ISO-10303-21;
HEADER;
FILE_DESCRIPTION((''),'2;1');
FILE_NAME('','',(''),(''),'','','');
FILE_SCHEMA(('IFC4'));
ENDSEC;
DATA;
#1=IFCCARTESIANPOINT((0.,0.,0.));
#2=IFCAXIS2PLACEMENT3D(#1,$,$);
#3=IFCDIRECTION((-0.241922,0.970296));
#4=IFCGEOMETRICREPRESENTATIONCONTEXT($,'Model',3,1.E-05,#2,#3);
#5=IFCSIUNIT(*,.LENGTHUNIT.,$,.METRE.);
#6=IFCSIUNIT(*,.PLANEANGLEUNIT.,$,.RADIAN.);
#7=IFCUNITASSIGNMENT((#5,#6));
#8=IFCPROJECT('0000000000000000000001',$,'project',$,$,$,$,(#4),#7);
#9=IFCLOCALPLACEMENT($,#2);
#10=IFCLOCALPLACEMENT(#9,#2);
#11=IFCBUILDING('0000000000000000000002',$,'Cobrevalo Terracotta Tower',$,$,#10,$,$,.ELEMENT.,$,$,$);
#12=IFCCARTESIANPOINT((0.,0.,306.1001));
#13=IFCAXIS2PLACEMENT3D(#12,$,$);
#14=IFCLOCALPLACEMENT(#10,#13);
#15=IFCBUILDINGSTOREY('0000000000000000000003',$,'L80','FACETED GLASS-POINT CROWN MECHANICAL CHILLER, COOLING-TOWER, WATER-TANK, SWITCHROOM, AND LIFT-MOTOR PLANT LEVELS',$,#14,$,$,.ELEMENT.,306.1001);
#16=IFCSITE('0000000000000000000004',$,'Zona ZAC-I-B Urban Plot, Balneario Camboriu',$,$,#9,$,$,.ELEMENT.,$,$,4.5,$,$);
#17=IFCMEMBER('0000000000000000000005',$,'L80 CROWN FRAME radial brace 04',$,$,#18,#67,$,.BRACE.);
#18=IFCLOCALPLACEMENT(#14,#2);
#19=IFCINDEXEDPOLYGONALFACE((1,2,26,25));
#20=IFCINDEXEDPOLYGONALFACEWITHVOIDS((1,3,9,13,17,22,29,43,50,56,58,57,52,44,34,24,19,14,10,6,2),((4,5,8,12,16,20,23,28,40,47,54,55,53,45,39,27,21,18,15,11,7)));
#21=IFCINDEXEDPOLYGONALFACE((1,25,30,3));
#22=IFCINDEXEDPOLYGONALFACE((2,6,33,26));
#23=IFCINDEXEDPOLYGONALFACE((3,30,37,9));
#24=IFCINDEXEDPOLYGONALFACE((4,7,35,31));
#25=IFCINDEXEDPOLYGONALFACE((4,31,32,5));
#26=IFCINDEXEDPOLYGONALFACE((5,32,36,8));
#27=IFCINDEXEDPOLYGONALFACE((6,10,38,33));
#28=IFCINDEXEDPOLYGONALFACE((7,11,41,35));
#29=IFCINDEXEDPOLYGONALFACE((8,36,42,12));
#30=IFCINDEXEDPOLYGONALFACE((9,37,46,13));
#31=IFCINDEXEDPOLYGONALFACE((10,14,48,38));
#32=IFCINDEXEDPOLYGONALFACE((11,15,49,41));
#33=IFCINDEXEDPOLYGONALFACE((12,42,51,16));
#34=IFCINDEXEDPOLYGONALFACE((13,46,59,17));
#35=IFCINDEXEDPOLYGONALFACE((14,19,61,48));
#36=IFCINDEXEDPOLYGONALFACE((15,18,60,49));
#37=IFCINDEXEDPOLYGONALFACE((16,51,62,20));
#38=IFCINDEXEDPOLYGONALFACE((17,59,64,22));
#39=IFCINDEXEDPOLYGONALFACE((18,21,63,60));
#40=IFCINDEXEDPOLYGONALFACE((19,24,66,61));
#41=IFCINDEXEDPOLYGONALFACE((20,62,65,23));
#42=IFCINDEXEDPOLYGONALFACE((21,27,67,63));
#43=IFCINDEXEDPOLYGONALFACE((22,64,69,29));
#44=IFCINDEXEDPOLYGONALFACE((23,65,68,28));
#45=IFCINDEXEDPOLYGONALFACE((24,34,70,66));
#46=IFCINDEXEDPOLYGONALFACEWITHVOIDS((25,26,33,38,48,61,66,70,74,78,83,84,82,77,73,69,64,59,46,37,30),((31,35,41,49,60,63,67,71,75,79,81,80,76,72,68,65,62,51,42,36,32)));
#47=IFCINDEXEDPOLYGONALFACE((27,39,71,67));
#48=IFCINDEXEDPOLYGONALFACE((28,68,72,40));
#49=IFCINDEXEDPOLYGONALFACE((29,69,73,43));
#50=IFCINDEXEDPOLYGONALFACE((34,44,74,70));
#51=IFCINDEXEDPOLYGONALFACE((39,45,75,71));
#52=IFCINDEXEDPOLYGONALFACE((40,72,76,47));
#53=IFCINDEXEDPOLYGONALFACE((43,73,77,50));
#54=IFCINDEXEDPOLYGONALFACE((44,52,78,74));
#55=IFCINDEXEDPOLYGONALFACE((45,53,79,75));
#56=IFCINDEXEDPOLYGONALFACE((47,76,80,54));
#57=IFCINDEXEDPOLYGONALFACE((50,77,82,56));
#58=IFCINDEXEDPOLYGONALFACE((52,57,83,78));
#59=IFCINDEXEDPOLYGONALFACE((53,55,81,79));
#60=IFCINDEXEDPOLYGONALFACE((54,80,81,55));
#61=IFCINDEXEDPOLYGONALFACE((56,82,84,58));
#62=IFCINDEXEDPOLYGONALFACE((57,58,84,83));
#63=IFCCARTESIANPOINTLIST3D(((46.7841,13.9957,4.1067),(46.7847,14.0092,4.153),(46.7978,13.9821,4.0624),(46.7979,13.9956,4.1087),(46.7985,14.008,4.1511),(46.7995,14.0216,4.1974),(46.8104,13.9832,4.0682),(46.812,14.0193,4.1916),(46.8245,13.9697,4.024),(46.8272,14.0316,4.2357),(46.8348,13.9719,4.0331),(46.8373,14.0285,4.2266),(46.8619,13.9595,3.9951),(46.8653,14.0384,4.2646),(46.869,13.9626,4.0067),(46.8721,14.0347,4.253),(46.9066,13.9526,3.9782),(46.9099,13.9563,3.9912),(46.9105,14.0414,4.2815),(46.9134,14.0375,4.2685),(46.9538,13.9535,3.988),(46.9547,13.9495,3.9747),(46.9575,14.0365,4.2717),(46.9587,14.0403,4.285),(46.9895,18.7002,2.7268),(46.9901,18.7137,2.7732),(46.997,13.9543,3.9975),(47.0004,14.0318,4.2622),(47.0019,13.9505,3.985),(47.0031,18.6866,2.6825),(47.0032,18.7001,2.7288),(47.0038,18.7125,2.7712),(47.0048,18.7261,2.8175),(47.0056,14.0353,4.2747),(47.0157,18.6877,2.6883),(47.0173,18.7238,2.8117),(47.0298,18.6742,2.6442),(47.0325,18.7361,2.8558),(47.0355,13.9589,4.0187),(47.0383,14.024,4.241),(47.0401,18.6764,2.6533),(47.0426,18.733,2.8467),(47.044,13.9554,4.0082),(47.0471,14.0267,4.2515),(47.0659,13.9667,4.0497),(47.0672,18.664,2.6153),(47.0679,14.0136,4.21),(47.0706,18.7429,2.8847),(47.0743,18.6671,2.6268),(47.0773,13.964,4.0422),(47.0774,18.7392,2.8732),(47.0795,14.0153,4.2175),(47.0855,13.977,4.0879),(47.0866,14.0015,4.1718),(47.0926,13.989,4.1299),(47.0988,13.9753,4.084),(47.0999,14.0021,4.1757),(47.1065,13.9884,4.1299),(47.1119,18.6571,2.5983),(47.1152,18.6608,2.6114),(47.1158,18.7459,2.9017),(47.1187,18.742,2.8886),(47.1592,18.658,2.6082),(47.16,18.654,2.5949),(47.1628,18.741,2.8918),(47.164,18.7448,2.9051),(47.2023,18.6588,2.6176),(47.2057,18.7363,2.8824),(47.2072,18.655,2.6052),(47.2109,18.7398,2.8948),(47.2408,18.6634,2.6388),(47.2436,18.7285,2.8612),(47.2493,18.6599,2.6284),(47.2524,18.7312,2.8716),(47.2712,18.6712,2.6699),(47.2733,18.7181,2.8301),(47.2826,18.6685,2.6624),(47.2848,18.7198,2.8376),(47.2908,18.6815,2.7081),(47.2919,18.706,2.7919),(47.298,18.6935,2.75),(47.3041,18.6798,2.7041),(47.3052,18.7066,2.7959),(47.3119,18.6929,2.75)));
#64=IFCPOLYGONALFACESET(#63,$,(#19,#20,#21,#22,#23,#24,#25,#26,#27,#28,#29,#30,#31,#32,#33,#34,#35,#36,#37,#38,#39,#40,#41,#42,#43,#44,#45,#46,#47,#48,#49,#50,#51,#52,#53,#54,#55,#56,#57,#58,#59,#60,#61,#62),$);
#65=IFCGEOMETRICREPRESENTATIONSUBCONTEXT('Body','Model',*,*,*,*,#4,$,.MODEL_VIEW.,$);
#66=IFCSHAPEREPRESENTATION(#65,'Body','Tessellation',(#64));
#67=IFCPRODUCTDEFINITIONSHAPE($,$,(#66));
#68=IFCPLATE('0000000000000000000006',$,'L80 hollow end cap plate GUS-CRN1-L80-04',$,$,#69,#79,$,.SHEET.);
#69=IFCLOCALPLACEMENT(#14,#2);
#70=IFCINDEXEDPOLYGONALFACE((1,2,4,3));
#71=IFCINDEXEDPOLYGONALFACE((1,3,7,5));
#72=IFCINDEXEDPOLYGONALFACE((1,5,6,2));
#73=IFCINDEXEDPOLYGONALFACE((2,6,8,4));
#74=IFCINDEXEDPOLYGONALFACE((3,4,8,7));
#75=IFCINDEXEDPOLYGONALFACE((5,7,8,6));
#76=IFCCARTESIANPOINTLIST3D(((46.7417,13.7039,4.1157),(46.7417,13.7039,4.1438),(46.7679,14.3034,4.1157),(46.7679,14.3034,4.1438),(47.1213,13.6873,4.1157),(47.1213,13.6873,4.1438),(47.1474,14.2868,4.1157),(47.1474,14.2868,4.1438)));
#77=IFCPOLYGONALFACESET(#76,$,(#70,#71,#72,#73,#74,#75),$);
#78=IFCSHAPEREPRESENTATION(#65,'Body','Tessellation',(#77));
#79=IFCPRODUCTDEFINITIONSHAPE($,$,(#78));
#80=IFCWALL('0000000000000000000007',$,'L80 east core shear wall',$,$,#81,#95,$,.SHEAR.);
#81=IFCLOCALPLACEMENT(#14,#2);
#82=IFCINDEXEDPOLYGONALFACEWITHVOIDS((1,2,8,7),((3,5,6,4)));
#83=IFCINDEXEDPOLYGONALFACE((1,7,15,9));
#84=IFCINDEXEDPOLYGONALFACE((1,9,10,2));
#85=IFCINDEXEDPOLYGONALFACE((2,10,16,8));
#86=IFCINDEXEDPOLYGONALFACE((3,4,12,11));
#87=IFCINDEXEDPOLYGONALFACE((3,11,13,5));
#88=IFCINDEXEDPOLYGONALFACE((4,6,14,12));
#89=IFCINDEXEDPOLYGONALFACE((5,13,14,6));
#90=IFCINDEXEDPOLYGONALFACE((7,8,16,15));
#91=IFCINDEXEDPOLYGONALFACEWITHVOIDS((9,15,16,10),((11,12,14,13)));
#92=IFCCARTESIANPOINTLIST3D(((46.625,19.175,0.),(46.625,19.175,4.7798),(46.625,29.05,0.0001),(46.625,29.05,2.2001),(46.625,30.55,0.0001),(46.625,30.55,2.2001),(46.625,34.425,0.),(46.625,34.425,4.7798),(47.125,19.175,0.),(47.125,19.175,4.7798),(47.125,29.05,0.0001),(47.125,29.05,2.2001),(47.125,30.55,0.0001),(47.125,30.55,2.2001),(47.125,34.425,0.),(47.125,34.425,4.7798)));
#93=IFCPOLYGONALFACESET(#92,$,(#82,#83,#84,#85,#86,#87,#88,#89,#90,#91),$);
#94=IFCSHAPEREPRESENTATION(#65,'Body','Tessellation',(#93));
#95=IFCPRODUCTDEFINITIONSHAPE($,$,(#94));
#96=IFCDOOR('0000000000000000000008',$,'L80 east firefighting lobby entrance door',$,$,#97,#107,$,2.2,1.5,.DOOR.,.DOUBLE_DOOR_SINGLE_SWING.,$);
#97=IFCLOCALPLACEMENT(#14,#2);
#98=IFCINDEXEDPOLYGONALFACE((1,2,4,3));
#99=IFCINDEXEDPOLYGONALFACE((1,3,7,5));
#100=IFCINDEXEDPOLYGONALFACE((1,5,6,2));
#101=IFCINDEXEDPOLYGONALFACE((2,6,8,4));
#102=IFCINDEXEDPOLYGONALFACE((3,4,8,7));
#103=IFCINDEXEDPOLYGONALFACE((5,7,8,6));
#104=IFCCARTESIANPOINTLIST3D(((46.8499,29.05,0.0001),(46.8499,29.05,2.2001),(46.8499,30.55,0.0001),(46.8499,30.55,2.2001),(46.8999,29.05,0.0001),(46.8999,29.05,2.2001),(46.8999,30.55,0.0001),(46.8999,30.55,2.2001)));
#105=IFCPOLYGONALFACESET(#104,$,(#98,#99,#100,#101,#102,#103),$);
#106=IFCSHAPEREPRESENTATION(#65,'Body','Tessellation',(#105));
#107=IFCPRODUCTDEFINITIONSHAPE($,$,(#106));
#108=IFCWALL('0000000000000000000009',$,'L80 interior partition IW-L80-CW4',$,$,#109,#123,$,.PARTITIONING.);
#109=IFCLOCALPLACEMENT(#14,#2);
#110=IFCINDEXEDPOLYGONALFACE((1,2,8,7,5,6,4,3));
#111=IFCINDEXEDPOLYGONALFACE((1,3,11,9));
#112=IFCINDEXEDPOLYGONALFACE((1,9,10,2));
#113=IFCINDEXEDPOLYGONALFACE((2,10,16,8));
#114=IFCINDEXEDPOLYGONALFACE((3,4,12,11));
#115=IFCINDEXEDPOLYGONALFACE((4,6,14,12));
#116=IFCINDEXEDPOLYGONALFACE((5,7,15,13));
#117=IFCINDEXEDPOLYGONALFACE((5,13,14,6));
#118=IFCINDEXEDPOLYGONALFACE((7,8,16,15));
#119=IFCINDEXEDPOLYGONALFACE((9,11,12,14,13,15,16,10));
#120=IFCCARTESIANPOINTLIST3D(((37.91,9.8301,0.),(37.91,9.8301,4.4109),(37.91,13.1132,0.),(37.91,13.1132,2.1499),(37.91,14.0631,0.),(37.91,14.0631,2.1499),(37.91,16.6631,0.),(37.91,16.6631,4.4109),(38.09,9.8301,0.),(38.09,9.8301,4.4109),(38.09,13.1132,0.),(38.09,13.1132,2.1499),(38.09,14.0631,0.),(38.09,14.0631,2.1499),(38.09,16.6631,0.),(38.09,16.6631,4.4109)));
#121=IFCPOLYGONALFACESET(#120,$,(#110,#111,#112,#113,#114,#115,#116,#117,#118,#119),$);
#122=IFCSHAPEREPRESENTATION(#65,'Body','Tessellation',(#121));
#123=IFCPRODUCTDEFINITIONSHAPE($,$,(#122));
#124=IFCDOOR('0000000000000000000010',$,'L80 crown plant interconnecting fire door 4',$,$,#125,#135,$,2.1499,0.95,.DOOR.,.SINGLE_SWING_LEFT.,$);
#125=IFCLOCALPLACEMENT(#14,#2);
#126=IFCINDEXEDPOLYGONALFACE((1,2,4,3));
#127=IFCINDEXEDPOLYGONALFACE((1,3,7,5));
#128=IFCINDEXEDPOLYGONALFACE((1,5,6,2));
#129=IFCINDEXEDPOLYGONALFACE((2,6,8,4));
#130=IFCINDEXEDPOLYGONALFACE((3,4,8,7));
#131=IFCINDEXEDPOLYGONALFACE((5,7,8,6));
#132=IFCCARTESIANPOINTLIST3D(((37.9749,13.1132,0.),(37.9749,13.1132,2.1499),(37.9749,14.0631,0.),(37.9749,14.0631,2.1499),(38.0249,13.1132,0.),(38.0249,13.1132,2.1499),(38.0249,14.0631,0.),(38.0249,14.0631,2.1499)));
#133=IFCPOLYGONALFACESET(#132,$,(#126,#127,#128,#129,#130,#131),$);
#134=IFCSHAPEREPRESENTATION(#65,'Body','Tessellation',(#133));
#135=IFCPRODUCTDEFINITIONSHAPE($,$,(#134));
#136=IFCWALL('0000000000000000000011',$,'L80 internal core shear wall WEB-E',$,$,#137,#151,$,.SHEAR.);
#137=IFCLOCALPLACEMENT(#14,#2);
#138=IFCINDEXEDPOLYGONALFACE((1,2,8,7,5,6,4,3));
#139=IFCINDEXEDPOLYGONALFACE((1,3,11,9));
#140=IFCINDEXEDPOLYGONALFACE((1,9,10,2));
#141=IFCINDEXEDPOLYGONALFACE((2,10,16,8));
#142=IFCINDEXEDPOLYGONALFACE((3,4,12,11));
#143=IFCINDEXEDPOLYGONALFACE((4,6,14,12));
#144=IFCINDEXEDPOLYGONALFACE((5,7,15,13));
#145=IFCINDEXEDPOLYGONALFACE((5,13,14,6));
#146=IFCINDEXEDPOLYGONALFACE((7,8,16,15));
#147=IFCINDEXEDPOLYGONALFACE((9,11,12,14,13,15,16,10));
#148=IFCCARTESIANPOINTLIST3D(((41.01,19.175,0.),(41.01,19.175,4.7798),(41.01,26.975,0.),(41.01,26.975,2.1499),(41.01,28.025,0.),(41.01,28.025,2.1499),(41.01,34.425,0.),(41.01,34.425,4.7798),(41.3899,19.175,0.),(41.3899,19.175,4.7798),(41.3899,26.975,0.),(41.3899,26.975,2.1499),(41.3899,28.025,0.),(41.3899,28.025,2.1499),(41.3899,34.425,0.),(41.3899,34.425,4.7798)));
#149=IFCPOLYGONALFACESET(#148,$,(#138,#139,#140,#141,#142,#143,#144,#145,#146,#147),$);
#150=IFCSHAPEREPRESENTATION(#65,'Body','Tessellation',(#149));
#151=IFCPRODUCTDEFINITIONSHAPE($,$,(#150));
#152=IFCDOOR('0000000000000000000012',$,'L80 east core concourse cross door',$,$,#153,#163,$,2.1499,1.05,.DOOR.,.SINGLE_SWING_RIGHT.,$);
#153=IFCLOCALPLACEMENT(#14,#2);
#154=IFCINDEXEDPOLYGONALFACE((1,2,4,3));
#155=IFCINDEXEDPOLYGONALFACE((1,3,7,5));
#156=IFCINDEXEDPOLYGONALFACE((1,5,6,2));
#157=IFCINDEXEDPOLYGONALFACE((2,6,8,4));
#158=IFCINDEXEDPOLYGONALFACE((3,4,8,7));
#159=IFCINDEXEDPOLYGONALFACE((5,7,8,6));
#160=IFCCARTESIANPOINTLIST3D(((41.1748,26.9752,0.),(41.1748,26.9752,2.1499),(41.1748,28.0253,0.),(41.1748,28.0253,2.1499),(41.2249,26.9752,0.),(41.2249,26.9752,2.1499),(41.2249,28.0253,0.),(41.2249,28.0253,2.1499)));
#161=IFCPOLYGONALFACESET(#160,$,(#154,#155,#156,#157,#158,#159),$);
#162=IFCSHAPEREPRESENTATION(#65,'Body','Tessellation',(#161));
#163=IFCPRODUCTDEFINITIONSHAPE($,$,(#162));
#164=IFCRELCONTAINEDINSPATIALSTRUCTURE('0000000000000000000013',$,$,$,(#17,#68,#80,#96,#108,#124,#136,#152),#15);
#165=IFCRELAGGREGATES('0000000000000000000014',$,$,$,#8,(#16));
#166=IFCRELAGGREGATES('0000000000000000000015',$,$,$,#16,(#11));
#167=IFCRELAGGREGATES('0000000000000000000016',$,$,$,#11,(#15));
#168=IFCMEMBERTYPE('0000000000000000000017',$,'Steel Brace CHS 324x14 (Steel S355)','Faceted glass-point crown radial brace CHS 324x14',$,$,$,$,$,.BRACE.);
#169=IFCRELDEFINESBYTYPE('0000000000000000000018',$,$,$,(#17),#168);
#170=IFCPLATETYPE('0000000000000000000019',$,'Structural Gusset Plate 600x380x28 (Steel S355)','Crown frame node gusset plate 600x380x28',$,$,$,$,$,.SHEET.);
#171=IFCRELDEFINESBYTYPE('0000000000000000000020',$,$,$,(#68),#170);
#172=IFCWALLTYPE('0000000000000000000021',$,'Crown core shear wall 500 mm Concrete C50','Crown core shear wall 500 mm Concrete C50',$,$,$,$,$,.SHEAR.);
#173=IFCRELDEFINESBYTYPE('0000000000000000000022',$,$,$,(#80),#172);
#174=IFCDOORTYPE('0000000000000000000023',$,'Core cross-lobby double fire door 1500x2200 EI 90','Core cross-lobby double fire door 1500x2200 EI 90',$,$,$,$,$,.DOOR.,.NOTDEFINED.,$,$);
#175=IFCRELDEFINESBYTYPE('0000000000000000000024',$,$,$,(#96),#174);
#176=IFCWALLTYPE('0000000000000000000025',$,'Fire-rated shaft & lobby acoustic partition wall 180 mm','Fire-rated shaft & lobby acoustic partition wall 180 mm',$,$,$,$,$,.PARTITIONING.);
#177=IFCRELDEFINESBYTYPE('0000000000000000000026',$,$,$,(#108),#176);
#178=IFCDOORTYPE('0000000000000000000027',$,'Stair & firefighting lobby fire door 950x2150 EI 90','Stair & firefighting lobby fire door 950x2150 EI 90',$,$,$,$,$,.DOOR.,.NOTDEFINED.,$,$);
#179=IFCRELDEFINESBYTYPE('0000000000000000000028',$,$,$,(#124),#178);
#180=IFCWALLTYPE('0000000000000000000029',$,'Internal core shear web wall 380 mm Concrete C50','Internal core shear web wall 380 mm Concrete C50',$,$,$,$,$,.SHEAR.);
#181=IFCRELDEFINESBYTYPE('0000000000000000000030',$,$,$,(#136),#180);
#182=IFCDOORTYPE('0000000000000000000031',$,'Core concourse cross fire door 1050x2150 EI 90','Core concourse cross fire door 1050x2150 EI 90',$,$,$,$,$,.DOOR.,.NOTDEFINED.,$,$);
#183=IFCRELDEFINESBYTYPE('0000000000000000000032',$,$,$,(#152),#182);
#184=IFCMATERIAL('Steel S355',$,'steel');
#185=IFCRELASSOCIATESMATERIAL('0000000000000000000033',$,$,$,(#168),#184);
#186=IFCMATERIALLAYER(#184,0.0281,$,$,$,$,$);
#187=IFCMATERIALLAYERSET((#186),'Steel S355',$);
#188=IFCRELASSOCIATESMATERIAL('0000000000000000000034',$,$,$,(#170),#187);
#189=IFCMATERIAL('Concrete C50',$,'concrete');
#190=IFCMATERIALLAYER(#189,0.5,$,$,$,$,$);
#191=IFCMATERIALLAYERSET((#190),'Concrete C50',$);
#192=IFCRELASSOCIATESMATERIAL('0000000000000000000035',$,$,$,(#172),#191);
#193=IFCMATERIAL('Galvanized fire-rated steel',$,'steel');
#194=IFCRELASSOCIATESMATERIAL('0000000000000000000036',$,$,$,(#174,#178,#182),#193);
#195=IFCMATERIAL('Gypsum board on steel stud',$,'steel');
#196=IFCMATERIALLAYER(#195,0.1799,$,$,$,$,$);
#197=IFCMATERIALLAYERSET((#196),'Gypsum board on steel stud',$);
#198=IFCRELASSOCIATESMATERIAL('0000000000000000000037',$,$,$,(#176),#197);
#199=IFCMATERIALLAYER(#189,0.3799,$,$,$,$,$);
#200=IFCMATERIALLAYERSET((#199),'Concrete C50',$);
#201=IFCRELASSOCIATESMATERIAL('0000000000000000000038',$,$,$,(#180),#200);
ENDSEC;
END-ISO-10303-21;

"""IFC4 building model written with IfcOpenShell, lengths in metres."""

from ifc_helpers import new_model, si_unit, direction, frame, frame_2d, origin, origin_2d, place, context, subcontext, project, spatial, rectangle, hollow_circle, extrude, source, transform, mapped, material, layer, layer_set, material_profile, profile_set, type_object, element, fill, save


model = new_model("IFC4")

# Units and contexts
model_context = context("Model", 3, precision=1e-05, world=origin(), true_north=direction((-0.241922, 0.970296)))
body_context = subcontext(model_context, "Body", "Model", "MODEL_VIEW")
ifc_project = project(units=[si_unit("LENGTHUNIT", "METRE"), si_unit("PLANEANGLEUNIT", "RADIAN")], contexts=[model_context])

# Site, building, storey
site_placement = place(None, origin())
site = spatial("IfcSite", under=ifc_project, at=site_placement, Name="Zona ZAC-I-B Urban Plot, Balneario Camboriu", CompositionType="ELEMENT", RefElevation=4.5)
building_placement = place(site_placement, origin())
building = spatial("IfcBuilding", under=site, at=building_placement, Name="Cobrevalo Terracotta Tower", CompositionType="ELEMENT")
storey_placement = place(building_placement, frame((0.0, 0.0, 306.1001)))
storey = spatial("IfcBuildingStorey", under=building, at=storey_placement, Name="L80", Description="FACETED GLASS-POINT CROWN MECHANICAL CHILLER, COOLING-TOWER, WATER-TANK, SWITCHROOM, AND LIFT-MOTOR PLANT LEVELS", CompositionType="ELEMENT", Elevation=306.1001)

# Shared definitions
ifc_material_1 = material(Name="Steel S355", Category="steel")
ifc_material_2 = material(Name="Concrete C50", Category="concrete")

# Member
ifc_material_profile_1 = material_profile(ifc_material_1, hollow_circle(Radius=0.1621, WallThickness=0.0139, at=origin_2d()), Name="CHS 324x14")
ifc_profile_set_1 = profile_set([ifc_material_profile_1], Name="Steel S355")
member_type = type_object("IfcMemberType", Name="Steel Brace CHS 324x14 (Steel S355)", Description="Faceted glass-point crown radial brace CHS 324x14", PredefinedType="BRACE", material=ifc_profile_set_1)
shared_shape_1 = source(origin(), body_context, "Body", "SweptSolid", [
    extrude(hollow_circle(Radius=0.1621, WallThickness=0.0139, at=origin_2d()), origin(), (0.0, 0.0, 1.0), 4.907),
])
member_placement = place(storey_placement, frame((47.1499, 18.7, 2.75), z_axis=(-0.041842, -0.958736, 0.281203), x_axis=(0.999049, -0.043601, 0.0)))
element("IfcMember", 1, at=member_placement, inside=storey, type_object=member_type, Name="L80 CROWN FRAME radial brace 04", PredefinedType="BRACE", context=body_context, shape_type="MappedRepresentation", body=[
    mapped(shared_shape_1, transform((0.0, 0.0, 0.0), scale=1.0)),
])

# Plate
ifc_layer_1 = layer(ifc_material_1, 0.0281)
ifc_layer_set_1 = layer_set([ifc_layer_1], Name="Steel S355")
plate_type = type_object("IfcPlateType", Name="Structural Gusset Plate 600x380x28 (Steel S355)", Description="Crown frame node gusset plate 600x380x28", PredefinedType="SHEET", material=ifc_layer_set_1)
shared_shape_2 = source(origin(), body_context, "Body", "SweptSolid", [
    extrude(rectangle(XDim=0.6001, YDim=0.3799, at=origin_2d()), origin(), (0.0, 0.0, 1.0), 0.0281),
])
plate_placement = place(storey_placement, frame((46.9446, 13.9954, 4.1157), z_axis=(0.0, 0.0, 1.0), x_axis=(-0.0436, -0.999049, 0.0)))
element("IfcPlate", 2, at=plate_placement, inside=storey, type_object=plate_type, Name="L80 hollow end cap plate GUS-CRN1-L80-04", PredefinedType="SHEET", context=body_context, shape_type="MappedRepresentation", body=[
    mapped(shared_shape_2, transform((0.0, 0.0, 0.0), scale=1.0)),
])

# Walls, openings, doors
ifc_layer_2 = layer(ifc_material_2, 0.5)
ifc_layer_set_2 = layer_set([ifc_layer_2], Name="Concrete C50")
wall_type_1 = type_object("IfcWallType", Name="Crown core shear wall 500 mm Concrete C50", Description="Crown core shear wall 500 mm Concrete C50", PredefinedType="SHEAR", material=ifc_layer_set_2)
wall_1_placement = place(storey_placement, frame((46.875, 19.175, 0.0), z_axis=(0.0, 0.0, 1.0), x_axis=(0.0, 1.0, 0.0)))
wall_1 = element("IfcWall", 3, at=wall_1_placement, inside=storey, type_object=wall_type_1, Name="L80 east core shear wall", PredefinedType="SHEAR", context=body_context, shape_type="SweptSolid", body=[
    extrude(rectangle(XDim=15.25, YDim=0.5, at=frame_2d((7.625, 0.0))), origin(), (0.0, 0.0, 1.0), 4.7798),
])
opening_1_placement = place(wall_1_placement, frame((9.875, 0.0, 0.0)))
opening_1 = element("IfcOpeningElement", 4, at=opening_1_placement, cuts=wall_1, PredefinedType="OPENING", context=body_context, shape_type="SweptSolid", body=[
    extrude(rectangle(XDim=1.5, YDim=2.2, at=frame_2d((0.75, 1.1001))), frame((0.0, 0.26, 0.0), z_axis=(0.0, -1.0, 0.0), x_axis=(1.0, 0.0, 0.0)), (0.0, 0.0, 1.0), 0.52),
])
ifc_material_3 = material(Name="Galvanized fire-rated steel", Category="steel")
door_type_1 = type_object("IfcDoorType", Name="Core cross-lobby double fire door 1500x2200 EI 90", Description="Core cross-lobby double fire door 1500x2200 EI 90", OperationType="NOTDEFINED", PredefinedType="DOOR", material=ifc_material_3)
shared_shape_3 = source(origin(), body_context, "Body", "SweptSolid", [
    extrude(rectangle(XDim=1.5, YDim=2.2, at=frame_2d((0.75, 1.1001))), frame((0.0, 0.0249, 0.0), z_axis=(0.0, -1.0, 0.0), x_axis=(1.0, 0.0, 0.0)), (0.0, 0.0, 1.0), 0.05),
])
door_1_placement = place(opening_1_placement, frame((1.5, 0.0, 0.0), z_axis=(0.0, 0.0, 1.0), x_axis=(-1.0, 0.0, 0.0)))
door_1 = element("IfcDoor", 5, at=door_1_placement, inside=storey, type_object=door_type_1, Name="L80 east firefighting lobby entrance door", OperationType="DOUBLE_DOOR_SINGLE_SWING", OverallHeight=2.2, OverallWidth=1.5, PredefinedType="DOOR", context=body_context, shape_type="MappedRepresentation", body=[
    mapped(shared_shape_3, transform((0.0, 0.0, 0.0), scale=1.0)),
])
fill(opening_1, door_1)
ifc_material_4 = material(Name="Gypsum board on steel stud", Category="steel")
ifc_layer_3 = layer(ifc_material_4, 0.1799)
ifc_layer_set_3 = layer_set([ifc_layer_3], Name="Gypsum board on steel stud")
wall_type_2 = type_object("IfcWallType", Name="Fire-rated shaft & lobby acoustic partition wall 180 mm", Description="Fire-rated shaft & lobby acoustic partition wall 180 mm", PredefinedType="PARTITIONING", material=ifc_layer_set_3)
wall_2_placement = place(storey_placement, frame((38.0, 16.6631, 0.0), z_axis=(0.0, 0.0, 1.0), x_axis=(0.0, -1.0, 0.0)))
wall_2 = element("IfcWall", 6, at=wall_2_placement, inside=storey, type_object=wall_type_2, Name="L80 interior partition IW-L80-CW4", PredefinedType="PARTITIONING", context=body_context, shape_type="SweptSolid", body=[
    extrude(rectangle(XDim=6.833, YDim=0.1799, at=frame_2d((3.4165, 0.0))), origin(), (0.0, 0.0, 1.0), 4.4109),
])
opening_2_placement = place(wall_2_placement, frame((2.5999, 0.0, 0.0)))
opening_2 = element("IfcOpeningElement", 7, at=opening_2_placement, cuts=wall_2, PredefinedType="OPENING", context=body_context, shape_type="SweptSolid", body=[
    extrude(rectangle(XDim=0.95, YDim=2.1499, at=frame_2d((0.4751, 1.075))), frame((0.0, 0.1001, 0.0), z_axis=(0.0, -1.0, 0.0), x_axis=(1.0, 0.0, 0.0)), (0.0, 0.0, 1.0), 0.2),
])
door_type_2 = type_object("IfcDoorType", Name="Stair & firefighting lobby fire door 950x2150 EI 90", Description="Stair & firefighting lobby fire door 950x2150 EI 90", OperationType="NOTDEFINED", PredefinedType="DOOR", material=ifc_material_3)
shared_shape_4 = source(origin(), body_context, "Body", "SweptSolid", [
    extrude(rectangle(XDim=0.95, YDim=2.1499, at=frame_2d((0.4751, 1.075))), frame((0.0, 0.0249, 0.0), z_axis=(0.0, -1.0, 0.0), x_axis=(1.0, 0.0, 0.0)), (0.0, 0.0, 1.0), 0.05),
])
door_2_placement = place(opening_2_placement, origin())
door_2 = element("IfcDoor", 8, at=door_2_placement, inside=storey, type_object=door_type_2, Name="L80 crown plant interconnecting fire door 4", OperationType="SINGLE_SWING_LEFT", OverallHeight=2.1499, OverallWidth=0.95, PredefinedType="DOOR", context=body_context, shape_type="MappedRepresentation", body=[
    mapped(shared_shape_4, transform((0.0, 0.0, 0.0), scale=1.0)),
])
fill(opening_2, door_2)
ifc_layer_4 = layer(ifc_material_2, 0.3799)
ifc_layer_set_4 = layer_set([ifc_layer_4], Name="Concrete C50")
wall_type_3 = type_object("IfcWallType", Name="Internal core shear web wall 380 mm Concrete C50", Description="Internal core shear web wall 380 mm Concrete C50", PredefinedType="SHEAR", material=ifc_layer_set_4)
wall_3_placement = place(storey_placement, frame((41.2, 19.175, 0.0), z_axis=(0.0, 0.0, 1.0), x_axis=(0.0, 1.0, 0.0)))
wall_3 = element("IfcWall", 9, at=wall_3_placement, inside=storey, type_object=wall_type_3, Name="L80 internal core shear wall WEB-E", PredefinedType="SHEAR", context=body_context, shape_type="SweptSolid", body=[
    extrude(rectangle(XDim=15.25, YDim=0.3799, at=frame_2d((7.625, 0.0))), origin(), (0.0, 0.0, 1.0), 4.7798),
])
opening_3_placement = place(wall_3_placement, frame((7.8, 0.0, 0.0)))
opening_3 = element("IfcOpeningElement", 10, at=opening_3_placement, cuts=wall_3, PredefinedType="OPENING", context=body_context, shape_type="SweptSolid", body=[
    extrude(rectangle(XDim=1.05, YDim=2.1499, at=frame_2d((0.5249, 1.075))), frame((0.0, 0.2, 0.0), z_axis=(0.0, -1.0, 0.0), x_axis=(1.0, 0.0, 0.0)), (0.0, 0.0, 1.0), 0.3999),
])
door_type_3 = type_object("IfcDoorType", Name="Core concourse cross fire door 1050x2150 EI 90", Description="Core concourse cross fire door 1050x2150 EI 90", OperationType="NOTDEFINED", PredefinedType="DOOR", material=ifc_material_3)
shared_shape_5 = source(origin(), body_context, "Body", "SweptSolid", [
    extrude(rectangle(XDim=1.05, YDim=2.1499, at=frame_2d((0.5249, 1.075))), frame((0.0, 0.0249, 0.0), z_axis=(0.0, -1.0, 0.0), x_axis=(1.0, 0.0, 0.0)), (0.0, 0.0, 1.0), 0.05),
])
door_3_placement = place(opening_3_placement, frame((1.05, 0.0, 0.0), z_axis=(0.0, 0.0, 1.0), x_axis=(-1.0, 0.0, 0.0)))
door_3 = element("IfcDoor", 11, at=door_3_placement, inside=storey, type_object=door_type_3, Name="L80 east core concourse cross door", OperationType="SINGLE_SWING_RIGHT", OverallHeight=2.1499, OverallWidth=1.05, PredefinedType="DOOR", context=body_context, shape_type="MappedRepresentation", body=[
    mapped(shared_shape_5, transform((0.0, 0.0, 0.0), scale=1.0)),
])
fill(opening_3, door_3)

save(model, "model.ifc")
